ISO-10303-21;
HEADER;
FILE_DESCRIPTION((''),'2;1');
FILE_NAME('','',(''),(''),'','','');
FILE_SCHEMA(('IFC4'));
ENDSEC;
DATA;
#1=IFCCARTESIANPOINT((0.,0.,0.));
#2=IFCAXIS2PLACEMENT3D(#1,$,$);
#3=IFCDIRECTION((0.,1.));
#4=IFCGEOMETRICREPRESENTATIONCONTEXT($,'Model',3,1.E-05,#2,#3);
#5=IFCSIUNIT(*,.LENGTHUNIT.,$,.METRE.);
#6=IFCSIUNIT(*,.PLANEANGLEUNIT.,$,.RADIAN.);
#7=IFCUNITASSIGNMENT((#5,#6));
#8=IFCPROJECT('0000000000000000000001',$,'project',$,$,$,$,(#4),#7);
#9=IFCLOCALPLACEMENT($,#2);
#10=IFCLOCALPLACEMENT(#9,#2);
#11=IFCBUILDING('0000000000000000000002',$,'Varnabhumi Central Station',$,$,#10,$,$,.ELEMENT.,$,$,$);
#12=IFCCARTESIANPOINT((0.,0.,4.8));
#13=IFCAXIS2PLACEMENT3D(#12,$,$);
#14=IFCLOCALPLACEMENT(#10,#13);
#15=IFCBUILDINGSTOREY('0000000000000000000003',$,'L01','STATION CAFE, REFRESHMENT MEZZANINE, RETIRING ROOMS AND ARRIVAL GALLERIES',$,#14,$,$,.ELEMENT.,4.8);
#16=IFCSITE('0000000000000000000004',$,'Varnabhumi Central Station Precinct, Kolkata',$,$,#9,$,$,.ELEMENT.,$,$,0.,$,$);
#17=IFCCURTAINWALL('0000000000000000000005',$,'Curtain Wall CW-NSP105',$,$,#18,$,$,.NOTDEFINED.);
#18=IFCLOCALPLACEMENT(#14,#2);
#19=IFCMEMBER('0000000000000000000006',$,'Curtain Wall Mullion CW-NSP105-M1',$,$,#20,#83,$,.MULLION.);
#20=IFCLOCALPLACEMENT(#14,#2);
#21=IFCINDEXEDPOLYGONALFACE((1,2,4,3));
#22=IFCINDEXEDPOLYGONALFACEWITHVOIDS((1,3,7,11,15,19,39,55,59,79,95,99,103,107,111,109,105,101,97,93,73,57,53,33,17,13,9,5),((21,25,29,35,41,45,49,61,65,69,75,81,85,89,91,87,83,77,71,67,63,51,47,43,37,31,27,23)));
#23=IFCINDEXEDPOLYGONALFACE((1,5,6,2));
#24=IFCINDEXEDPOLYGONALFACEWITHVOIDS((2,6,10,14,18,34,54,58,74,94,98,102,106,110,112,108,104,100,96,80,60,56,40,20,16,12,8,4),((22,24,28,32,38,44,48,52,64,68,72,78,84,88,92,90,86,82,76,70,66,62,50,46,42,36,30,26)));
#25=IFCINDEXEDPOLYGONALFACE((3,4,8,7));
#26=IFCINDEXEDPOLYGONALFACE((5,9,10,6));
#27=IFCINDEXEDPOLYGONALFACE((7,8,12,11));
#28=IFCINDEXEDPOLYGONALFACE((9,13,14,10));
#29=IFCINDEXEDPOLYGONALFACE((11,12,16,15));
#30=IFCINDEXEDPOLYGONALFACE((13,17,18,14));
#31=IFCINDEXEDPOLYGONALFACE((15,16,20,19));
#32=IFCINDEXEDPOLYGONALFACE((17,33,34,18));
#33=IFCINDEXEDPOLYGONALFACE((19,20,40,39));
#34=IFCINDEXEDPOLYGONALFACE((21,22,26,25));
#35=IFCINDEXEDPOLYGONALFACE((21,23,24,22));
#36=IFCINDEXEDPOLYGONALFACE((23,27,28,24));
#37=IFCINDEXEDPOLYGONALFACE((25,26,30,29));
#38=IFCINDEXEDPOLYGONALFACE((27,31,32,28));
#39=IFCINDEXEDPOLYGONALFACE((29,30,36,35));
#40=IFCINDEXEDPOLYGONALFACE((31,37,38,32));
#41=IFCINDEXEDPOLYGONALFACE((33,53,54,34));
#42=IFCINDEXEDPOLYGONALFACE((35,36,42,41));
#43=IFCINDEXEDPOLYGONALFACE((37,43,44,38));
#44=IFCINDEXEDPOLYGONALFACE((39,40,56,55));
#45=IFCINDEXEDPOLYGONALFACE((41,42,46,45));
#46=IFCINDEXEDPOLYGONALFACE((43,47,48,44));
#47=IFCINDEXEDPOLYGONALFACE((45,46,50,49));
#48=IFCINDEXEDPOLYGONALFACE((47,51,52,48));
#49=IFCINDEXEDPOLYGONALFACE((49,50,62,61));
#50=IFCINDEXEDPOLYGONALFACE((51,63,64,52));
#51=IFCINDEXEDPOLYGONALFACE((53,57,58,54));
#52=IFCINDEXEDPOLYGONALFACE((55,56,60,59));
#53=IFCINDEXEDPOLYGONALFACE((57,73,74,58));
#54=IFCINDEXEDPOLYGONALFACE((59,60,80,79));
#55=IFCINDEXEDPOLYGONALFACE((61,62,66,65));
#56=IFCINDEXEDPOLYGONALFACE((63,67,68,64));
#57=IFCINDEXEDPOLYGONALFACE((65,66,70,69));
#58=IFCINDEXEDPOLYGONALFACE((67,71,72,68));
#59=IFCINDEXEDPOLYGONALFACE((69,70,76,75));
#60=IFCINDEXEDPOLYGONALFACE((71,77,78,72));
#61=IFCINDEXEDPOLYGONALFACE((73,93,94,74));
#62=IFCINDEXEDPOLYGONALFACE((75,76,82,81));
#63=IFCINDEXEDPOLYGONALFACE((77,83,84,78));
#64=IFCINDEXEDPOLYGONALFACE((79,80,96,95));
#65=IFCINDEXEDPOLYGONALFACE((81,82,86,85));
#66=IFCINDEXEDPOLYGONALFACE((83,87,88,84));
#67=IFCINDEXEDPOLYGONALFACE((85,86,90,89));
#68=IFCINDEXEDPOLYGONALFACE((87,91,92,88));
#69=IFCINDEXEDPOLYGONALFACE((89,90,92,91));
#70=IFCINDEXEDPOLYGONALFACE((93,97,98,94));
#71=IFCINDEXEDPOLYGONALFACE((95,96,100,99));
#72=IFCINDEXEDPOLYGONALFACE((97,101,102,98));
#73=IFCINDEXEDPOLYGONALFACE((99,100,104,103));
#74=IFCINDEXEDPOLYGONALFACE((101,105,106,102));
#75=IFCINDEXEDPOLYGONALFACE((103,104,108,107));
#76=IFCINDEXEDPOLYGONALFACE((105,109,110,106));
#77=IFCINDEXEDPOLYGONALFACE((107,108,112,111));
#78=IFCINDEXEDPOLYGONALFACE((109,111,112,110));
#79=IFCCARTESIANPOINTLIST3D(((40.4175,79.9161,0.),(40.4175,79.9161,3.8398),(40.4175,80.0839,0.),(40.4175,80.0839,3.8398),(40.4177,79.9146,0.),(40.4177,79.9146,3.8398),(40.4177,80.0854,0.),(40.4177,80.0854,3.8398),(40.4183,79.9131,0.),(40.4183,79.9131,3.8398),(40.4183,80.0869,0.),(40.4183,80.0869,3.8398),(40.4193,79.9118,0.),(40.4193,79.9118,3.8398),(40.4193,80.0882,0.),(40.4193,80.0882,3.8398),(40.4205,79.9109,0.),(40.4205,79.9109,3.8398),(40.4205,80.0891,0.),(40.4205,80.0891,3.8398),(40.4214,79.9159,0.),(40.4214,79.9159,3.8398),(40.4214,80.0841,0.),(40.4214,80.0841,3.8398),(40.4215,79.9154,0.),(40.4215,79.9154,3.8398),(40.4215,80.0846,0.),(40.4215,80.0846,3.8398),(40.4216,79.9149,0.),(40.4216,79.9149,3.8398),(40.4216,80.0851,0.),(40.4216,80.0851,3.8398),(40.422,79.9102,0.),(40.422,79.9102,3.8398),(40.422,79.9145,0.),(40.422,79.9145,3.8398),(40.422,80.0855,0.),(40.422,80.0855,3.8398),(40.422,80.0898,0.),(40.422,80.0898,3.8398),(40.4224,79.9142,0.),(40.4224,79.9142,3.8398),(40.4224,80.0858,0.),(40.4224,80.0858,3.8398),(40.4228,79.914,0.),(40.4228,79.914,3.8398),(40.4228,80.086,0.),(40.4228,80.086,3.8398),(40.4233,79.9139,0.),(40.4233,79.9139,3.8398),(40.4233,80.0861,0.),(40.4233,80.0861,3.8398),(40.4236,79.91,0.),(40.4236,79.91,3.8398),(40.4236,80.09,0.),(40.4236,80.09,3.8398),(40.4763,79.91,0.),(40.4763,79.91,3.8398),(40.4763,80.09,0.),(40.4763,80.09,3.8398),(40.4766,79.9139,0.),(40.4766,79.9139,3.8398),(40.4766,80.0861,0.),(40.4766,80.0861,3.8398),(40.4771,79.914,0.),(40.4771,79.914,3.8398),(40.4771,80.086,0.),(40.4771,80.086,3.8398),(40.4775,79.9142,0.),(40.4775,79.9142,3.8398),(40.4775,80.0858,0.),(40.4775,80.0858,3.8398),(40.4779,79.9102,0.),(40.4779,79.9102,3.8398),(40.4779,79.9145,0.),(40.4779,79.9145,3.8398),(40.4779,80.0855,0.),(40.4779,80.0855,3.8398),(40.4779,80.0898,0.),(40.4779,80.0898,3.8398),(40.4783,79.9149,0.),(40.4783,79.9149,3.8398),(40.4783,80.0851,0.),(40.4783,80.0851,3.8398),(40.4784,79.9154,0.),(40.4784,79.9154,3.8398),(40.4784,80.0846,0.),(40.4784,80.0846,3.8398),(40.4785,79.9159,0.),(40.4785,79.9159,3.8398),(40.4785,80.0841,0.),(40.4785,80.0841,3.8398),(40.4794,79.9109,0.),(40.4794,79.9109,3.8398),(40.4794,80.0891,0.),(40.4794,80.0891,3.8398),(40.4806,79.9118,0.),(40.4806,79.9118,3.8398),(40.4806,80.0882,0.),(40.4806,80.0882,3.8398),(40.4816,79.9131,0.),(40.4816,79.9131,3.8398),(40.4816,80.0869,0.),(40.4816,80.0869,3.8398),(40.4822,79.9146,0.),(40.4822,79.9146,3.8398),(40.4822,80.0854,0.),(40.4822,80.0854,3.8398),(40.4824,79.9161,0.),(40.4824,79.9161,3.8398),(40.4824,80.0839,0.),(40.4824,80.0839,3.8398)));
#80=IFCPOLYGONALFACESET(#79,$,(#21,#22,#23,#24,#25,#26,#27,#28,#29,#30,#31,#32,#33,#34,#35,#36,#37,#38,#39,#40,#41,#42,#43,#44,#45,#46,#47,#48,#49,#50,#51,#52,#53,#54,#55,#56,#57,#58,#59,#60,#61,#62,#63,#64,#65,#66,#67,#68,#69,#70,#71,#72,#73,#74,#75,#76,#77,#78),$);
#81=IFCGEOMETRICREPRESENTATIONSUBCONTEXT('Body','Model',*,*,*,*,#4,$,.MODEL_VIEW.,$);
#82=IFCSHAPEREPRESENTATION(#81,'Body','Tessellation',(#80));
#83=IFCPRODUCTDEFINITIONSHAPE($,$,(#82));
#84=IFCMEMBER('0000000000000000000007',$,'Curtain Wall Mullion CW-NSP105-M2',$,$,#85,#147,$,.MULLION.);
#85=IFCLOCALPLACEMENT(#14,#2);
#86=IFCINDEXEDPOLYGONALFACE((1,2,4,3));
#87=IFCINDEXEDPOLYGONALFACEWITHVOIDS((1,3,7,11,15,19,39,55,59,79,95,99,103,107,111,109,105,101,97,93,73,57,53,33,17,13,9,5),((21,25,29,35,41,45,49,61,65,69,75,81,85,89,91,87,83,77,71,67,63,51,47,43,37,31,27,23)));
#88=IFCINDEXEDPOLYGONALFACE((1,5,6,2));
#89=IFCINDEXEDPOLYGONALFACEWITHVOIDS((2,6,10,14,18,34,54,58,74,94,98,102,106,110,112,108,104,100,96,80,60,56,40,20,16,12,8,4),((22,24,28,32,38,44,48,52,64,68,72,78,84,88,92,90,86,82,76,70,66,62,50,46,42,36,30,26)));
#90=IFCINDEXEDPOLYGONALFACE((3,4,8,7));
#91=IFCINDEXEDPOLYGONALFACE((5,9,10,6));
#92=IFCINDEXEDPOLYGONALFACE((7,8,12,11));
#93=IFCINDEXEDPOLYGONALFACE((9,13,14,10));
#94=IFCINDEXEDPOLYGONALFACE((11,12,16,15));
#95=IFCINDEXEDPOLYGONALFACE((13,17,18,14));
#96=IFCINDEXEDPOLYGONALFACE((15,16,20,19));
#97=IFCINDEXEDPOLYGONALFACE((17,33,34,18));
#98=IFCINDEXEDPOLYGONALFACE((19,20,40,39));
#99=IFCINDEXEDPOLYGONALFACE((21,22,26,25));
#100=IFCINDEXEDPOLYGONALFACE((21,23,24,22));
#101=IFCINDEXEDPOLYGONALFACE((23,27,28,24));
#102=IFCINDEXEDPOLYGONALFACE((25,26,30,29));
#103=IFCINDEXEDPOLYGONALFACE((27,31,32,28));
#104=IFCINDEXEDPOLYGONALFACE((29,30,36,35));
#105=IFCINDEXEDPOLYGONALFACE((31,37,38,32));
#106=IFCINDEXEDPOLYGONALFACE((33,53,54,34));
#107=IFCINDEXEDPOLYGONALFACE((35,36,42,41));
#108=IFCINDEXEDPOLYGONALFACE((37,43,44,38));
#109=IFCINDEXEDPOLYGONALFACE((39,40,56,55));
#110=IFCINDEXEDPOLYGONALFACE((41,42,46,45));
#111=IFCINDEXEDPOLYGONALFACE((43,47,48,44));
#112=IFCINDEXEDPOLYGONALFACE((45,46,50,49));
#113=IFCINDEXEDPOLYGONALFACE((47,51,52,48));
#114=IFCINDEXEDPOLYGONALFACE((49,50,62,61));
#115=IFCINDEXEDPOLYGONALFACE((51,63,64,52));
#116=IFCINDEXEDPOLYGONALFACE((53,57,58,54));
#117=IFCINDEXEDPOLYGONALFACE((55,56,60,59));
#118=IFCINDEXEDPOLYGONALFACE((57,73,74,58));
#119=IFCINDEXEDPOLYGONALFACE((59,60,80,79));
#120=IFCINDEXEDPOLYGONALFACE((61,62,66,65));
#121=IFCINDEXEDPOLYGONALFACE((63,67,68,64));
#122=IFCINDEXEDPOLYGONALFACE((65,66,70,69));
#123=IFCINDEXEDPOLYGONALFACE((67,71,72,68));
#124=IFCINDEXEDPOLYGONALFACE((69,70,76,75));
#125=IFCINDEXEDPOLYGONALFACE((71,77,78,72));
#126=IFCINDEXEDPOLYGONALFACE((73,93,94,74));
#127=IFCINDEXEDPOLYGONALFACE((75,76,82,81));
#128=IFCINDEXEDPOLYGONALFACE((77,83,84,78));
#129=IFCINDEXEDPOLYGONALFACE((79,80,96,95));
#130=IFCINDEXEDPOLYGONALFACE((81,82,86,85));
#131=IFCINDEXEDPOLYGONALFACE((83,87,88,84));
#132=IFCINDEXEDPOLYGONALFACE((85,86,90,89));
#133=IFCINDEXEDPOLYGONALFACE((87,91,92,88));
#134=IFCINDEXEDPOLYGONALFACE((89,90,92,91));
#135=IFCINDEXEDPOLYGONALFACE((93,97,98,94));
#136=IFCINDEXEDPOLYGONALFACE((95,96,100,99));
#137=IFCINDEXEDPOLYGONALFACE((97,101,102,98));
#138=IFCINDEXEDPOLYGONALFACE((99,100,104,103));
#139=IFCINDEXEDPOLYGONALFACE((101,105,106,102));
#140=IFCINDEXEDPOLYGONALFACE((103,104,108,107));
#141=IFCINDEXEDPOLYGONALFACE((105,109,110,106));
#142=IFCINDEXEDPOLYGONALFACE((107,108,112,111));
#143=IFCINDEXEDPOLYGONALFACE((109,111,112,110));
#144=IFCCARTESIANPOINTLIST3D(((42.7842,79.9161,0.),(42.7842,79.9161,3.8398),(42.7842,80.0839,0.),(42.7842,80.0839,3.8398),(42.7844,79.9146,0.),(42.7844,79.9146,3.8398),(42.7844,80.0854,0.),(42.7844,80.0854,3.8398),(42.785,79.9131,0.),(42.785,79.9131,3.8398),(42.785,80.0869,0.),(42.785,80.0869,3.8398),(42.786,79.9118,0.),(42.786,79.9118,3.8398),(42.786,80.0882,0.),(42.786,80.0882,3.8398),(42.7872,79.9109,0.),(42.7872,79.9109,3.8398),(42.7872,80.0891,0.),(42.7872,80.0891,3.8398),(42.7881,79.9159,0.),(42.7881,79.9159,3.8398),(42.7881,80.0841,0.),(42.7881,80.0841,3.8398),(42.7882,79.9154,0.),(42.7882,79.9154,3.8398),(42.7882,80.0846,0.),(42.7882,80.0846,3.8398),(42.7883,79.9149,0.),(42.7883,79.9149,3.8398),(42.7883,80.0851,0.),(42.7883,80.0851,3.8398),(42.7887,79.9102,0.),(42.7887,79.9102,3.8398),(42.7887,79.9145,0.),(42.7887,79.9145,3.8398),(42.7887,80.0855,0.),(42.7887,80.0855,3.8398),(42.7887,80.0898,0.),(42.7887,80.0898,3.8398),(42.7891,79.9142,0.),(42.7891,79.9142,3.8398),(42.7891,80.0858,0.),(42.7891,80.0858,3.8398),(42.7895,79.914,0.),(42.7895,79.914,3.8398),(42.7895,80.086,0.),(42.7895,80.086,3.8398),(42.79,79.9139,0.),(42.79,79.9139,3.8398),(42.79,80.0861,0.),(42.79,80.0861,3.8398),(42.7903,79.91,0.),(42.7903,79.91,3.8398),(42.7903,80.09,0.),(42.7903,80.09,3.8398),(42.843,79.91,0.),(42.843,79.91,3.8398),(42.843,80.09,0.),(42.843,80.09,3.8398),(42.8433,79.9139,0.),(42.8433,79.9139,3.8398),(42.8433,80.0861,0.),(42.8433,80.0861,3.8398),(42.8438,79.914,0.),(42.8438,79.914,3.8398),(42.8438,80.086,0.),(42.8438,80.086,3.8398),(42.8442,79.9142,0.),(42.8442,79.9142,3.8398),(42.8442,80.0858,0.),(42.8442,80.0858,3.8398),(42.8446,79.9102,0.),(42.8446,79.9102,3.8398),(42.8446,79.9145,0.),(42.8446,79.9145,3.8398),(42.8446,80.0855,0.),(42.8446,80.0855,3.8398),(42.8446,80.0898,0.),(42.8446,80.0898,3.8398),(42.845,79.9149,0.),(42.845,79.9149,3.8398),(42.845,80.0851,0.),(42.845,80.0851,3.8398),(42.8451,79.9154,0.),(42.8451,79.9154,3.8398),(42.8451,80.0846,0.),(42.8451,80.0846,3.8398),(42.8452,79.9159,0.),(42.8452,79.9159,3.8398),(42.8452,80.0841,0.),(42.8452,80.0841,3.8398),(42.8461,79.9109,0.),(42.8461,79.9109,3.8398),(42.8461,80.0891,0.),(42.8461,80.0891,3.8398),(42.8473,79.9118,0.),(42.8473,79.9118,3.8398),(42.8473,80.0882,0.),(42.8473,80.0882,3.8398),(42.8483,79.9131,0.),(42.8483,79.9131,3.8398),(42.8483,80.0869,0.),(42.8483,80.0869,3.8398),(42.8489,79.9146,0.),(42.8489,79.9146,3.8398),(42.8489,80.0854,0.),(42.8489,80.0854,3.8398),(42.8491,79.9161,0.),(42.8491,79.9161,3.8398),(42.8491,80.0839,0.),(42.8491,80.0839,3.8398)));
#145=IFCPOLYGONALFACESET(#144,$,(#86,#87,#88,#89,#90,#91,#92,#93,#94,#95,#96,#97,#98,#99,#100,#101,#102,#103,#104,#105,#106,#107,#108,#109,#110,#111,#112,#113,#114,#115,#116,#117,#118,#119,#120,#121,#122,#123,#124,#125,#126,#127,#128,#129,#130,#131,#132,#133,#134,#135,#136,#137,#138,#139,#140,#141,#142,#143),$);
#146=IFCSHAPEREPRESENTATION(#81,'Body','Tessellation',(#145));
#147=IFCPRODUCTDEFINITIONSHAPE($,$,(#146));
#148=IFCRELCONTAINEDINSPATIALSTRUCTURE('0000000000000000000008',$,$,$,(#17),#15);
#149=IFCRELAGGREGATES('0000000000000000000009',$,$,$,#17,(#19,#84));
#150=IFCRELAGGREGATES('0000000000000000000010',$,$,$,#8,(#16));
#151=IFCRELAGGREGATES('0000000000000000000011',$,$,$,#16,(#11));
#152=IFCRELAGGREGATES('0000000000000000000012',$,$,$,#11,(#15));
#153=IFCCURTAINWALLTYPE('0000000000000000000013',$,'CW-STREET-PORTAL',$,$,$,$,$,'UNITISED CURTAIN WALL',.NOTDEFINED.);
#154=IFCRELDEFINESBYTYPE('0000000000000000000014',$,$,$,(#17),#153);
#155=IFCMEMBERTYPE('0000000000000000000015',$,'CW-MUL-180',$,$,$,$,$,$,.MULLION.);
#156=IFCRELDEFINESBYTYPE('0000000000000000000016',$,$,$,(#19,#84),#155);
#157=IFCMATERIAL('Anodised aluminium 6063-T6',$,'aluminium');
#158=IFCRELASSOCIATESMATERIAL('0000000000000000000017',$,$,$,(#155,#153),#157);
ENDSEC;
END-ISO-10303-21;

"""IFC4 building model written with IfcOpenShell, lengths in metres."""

from ifc_helpers import new_model, si_unit, direction, frame, origin, origin_2d, place, context, subcontext, project, spatial, hollow_rectangle, extrude, material, material_profile, profile_set, type_object, element, aggregate, save


model = new_model("IFC4")

# Units and contexts
model_context = context("Model", 3, precision=1e-05, world=origin(), true_north=direction((0.0, 1.0)))
body_context = subcontext(model_context, "Body", "Model", "MODEL_VIEW")
ifc_project = project(units=[si_unit("LENGTHUNIT", "METRE"), si_unit("PLANEANGLEUNIT", "RADIAN")], contexts=[model_context])

# Site, building, storey
site_placement = place(None, origin())
site = spatial("IfcSite", under=ifc_project, at=site_placement, Name="Varnabhumi Central Station Precinct, Kolkata", CompositionType="ELEMENT", RefElevation=0.0)
building_placement = place(site_placement, origin())
building = spatial("IfcBuilding", under=site, at=building_placement, Name="Varnabhumi Central Station", CompositionType="ELEMENT")
storey_placement = place(building_placement, frame((0.0, 0.0, 4.8)))
storey = spatial("IfcBuildingStorey", under=building, at=storey_placement, Name="L01", Description="STATION CAFE, REFRESHMENT MEZZANINE, RETIRING ROOMS AND ARRIVAL GALLERIES", CompositionType="ELEMENT", Elevation=4.8)

# Curtain wall, members
ifc_material_1 = material(Name="Anodised aluminium 6063-T6", Category="aluminium")
ifc_material_profile_1 = material_profile(ifc_material_1, hollow_rectangle(XDim=0.0649, YDim=0.1799, WallThickness=0.0039, InnerFilletRadius=0.002, OuterFilletRadius=0.0061, at=origin_2d()), Name="Anodised aluminium 6063-T6", Category="aluminium")
ifc_profile_set_1 = profile_set([ifc_material_profile_1], Name="Anodised aluminium 6063-T6")
member_type_1 = type_object("IfcMemberType", Name="CW-MUL-180", PredefinedType="MULLION", material=ifc_profile_set_1)
curtain_wall_type_1 = type_object("IfcCurtainWallType", Name="CW-STREET-PORTAL", ElementType="UNITISED CURTAIN WALL", PredefinedType="NOTDEFINED", material=ifc_material_1)
curtain_wall_1_placement = place(storey_placement, origin())
curtain_wall_1 = element("IfcCurtainWall", 1, at=curtain_wall_1_placement, inside=storey, type_object=curtain_wall_type_1, Name="Curtain Wall CW-NSP105", PredefinedType="NOTDEFINED")
member_1_placement = place(storey_placement, frame((40.45, 80.0, 0.0), z_axis=(0.0, 0.0, 1.0), x_axis=(1.0, 0.0, 0.0)))
member_1 = element("IfcMember", 2, at=member_1_placement, type_object=member_type_1, Name="Curtain Wall Mullion CW-NSP105-M1", PredefinedType="MULLION", context=body_context, shape_type="SweptSolid", body=[
    extrude(hollow_rectangle(XDim=0.0649, YDim=0.1799, WallThickness=0.0039, InnerFilletRadius=0.002, OuterFilletRadius=0.0061, at=origin_2d()), origin(), (0.0, 0.0, 1.0), 3.8398),
])
member_2_placement = place(storey_placement, frame((42.8167, 80.0, 0.0), z_axis=(0.0, 0.0, 1.0), x_axis=(1.0, 0.0, 0.0)))
member_2 = element("IfcMember", 3, at=member_2_placement, type_object=member_type_1, Name="Curtain Wall Mullion CW-NSP105-M2", PredefinedType="MULLION", context=body_context, shape_type="SweptSolid", body=[
    extrude(hollow_rectangle(XDim=0.0649, YDim=0.1799, WallThickness=0.0039, InnerFilletRadius=0.002, OuterFilletRadius=0.0061, at=origin_2d()), origin(), (0.0, 0.0, 1.0), 3.8398),
])

aggregate(curtain_wall_1, [member_1, member_2])

save(model, "model.ifc")
